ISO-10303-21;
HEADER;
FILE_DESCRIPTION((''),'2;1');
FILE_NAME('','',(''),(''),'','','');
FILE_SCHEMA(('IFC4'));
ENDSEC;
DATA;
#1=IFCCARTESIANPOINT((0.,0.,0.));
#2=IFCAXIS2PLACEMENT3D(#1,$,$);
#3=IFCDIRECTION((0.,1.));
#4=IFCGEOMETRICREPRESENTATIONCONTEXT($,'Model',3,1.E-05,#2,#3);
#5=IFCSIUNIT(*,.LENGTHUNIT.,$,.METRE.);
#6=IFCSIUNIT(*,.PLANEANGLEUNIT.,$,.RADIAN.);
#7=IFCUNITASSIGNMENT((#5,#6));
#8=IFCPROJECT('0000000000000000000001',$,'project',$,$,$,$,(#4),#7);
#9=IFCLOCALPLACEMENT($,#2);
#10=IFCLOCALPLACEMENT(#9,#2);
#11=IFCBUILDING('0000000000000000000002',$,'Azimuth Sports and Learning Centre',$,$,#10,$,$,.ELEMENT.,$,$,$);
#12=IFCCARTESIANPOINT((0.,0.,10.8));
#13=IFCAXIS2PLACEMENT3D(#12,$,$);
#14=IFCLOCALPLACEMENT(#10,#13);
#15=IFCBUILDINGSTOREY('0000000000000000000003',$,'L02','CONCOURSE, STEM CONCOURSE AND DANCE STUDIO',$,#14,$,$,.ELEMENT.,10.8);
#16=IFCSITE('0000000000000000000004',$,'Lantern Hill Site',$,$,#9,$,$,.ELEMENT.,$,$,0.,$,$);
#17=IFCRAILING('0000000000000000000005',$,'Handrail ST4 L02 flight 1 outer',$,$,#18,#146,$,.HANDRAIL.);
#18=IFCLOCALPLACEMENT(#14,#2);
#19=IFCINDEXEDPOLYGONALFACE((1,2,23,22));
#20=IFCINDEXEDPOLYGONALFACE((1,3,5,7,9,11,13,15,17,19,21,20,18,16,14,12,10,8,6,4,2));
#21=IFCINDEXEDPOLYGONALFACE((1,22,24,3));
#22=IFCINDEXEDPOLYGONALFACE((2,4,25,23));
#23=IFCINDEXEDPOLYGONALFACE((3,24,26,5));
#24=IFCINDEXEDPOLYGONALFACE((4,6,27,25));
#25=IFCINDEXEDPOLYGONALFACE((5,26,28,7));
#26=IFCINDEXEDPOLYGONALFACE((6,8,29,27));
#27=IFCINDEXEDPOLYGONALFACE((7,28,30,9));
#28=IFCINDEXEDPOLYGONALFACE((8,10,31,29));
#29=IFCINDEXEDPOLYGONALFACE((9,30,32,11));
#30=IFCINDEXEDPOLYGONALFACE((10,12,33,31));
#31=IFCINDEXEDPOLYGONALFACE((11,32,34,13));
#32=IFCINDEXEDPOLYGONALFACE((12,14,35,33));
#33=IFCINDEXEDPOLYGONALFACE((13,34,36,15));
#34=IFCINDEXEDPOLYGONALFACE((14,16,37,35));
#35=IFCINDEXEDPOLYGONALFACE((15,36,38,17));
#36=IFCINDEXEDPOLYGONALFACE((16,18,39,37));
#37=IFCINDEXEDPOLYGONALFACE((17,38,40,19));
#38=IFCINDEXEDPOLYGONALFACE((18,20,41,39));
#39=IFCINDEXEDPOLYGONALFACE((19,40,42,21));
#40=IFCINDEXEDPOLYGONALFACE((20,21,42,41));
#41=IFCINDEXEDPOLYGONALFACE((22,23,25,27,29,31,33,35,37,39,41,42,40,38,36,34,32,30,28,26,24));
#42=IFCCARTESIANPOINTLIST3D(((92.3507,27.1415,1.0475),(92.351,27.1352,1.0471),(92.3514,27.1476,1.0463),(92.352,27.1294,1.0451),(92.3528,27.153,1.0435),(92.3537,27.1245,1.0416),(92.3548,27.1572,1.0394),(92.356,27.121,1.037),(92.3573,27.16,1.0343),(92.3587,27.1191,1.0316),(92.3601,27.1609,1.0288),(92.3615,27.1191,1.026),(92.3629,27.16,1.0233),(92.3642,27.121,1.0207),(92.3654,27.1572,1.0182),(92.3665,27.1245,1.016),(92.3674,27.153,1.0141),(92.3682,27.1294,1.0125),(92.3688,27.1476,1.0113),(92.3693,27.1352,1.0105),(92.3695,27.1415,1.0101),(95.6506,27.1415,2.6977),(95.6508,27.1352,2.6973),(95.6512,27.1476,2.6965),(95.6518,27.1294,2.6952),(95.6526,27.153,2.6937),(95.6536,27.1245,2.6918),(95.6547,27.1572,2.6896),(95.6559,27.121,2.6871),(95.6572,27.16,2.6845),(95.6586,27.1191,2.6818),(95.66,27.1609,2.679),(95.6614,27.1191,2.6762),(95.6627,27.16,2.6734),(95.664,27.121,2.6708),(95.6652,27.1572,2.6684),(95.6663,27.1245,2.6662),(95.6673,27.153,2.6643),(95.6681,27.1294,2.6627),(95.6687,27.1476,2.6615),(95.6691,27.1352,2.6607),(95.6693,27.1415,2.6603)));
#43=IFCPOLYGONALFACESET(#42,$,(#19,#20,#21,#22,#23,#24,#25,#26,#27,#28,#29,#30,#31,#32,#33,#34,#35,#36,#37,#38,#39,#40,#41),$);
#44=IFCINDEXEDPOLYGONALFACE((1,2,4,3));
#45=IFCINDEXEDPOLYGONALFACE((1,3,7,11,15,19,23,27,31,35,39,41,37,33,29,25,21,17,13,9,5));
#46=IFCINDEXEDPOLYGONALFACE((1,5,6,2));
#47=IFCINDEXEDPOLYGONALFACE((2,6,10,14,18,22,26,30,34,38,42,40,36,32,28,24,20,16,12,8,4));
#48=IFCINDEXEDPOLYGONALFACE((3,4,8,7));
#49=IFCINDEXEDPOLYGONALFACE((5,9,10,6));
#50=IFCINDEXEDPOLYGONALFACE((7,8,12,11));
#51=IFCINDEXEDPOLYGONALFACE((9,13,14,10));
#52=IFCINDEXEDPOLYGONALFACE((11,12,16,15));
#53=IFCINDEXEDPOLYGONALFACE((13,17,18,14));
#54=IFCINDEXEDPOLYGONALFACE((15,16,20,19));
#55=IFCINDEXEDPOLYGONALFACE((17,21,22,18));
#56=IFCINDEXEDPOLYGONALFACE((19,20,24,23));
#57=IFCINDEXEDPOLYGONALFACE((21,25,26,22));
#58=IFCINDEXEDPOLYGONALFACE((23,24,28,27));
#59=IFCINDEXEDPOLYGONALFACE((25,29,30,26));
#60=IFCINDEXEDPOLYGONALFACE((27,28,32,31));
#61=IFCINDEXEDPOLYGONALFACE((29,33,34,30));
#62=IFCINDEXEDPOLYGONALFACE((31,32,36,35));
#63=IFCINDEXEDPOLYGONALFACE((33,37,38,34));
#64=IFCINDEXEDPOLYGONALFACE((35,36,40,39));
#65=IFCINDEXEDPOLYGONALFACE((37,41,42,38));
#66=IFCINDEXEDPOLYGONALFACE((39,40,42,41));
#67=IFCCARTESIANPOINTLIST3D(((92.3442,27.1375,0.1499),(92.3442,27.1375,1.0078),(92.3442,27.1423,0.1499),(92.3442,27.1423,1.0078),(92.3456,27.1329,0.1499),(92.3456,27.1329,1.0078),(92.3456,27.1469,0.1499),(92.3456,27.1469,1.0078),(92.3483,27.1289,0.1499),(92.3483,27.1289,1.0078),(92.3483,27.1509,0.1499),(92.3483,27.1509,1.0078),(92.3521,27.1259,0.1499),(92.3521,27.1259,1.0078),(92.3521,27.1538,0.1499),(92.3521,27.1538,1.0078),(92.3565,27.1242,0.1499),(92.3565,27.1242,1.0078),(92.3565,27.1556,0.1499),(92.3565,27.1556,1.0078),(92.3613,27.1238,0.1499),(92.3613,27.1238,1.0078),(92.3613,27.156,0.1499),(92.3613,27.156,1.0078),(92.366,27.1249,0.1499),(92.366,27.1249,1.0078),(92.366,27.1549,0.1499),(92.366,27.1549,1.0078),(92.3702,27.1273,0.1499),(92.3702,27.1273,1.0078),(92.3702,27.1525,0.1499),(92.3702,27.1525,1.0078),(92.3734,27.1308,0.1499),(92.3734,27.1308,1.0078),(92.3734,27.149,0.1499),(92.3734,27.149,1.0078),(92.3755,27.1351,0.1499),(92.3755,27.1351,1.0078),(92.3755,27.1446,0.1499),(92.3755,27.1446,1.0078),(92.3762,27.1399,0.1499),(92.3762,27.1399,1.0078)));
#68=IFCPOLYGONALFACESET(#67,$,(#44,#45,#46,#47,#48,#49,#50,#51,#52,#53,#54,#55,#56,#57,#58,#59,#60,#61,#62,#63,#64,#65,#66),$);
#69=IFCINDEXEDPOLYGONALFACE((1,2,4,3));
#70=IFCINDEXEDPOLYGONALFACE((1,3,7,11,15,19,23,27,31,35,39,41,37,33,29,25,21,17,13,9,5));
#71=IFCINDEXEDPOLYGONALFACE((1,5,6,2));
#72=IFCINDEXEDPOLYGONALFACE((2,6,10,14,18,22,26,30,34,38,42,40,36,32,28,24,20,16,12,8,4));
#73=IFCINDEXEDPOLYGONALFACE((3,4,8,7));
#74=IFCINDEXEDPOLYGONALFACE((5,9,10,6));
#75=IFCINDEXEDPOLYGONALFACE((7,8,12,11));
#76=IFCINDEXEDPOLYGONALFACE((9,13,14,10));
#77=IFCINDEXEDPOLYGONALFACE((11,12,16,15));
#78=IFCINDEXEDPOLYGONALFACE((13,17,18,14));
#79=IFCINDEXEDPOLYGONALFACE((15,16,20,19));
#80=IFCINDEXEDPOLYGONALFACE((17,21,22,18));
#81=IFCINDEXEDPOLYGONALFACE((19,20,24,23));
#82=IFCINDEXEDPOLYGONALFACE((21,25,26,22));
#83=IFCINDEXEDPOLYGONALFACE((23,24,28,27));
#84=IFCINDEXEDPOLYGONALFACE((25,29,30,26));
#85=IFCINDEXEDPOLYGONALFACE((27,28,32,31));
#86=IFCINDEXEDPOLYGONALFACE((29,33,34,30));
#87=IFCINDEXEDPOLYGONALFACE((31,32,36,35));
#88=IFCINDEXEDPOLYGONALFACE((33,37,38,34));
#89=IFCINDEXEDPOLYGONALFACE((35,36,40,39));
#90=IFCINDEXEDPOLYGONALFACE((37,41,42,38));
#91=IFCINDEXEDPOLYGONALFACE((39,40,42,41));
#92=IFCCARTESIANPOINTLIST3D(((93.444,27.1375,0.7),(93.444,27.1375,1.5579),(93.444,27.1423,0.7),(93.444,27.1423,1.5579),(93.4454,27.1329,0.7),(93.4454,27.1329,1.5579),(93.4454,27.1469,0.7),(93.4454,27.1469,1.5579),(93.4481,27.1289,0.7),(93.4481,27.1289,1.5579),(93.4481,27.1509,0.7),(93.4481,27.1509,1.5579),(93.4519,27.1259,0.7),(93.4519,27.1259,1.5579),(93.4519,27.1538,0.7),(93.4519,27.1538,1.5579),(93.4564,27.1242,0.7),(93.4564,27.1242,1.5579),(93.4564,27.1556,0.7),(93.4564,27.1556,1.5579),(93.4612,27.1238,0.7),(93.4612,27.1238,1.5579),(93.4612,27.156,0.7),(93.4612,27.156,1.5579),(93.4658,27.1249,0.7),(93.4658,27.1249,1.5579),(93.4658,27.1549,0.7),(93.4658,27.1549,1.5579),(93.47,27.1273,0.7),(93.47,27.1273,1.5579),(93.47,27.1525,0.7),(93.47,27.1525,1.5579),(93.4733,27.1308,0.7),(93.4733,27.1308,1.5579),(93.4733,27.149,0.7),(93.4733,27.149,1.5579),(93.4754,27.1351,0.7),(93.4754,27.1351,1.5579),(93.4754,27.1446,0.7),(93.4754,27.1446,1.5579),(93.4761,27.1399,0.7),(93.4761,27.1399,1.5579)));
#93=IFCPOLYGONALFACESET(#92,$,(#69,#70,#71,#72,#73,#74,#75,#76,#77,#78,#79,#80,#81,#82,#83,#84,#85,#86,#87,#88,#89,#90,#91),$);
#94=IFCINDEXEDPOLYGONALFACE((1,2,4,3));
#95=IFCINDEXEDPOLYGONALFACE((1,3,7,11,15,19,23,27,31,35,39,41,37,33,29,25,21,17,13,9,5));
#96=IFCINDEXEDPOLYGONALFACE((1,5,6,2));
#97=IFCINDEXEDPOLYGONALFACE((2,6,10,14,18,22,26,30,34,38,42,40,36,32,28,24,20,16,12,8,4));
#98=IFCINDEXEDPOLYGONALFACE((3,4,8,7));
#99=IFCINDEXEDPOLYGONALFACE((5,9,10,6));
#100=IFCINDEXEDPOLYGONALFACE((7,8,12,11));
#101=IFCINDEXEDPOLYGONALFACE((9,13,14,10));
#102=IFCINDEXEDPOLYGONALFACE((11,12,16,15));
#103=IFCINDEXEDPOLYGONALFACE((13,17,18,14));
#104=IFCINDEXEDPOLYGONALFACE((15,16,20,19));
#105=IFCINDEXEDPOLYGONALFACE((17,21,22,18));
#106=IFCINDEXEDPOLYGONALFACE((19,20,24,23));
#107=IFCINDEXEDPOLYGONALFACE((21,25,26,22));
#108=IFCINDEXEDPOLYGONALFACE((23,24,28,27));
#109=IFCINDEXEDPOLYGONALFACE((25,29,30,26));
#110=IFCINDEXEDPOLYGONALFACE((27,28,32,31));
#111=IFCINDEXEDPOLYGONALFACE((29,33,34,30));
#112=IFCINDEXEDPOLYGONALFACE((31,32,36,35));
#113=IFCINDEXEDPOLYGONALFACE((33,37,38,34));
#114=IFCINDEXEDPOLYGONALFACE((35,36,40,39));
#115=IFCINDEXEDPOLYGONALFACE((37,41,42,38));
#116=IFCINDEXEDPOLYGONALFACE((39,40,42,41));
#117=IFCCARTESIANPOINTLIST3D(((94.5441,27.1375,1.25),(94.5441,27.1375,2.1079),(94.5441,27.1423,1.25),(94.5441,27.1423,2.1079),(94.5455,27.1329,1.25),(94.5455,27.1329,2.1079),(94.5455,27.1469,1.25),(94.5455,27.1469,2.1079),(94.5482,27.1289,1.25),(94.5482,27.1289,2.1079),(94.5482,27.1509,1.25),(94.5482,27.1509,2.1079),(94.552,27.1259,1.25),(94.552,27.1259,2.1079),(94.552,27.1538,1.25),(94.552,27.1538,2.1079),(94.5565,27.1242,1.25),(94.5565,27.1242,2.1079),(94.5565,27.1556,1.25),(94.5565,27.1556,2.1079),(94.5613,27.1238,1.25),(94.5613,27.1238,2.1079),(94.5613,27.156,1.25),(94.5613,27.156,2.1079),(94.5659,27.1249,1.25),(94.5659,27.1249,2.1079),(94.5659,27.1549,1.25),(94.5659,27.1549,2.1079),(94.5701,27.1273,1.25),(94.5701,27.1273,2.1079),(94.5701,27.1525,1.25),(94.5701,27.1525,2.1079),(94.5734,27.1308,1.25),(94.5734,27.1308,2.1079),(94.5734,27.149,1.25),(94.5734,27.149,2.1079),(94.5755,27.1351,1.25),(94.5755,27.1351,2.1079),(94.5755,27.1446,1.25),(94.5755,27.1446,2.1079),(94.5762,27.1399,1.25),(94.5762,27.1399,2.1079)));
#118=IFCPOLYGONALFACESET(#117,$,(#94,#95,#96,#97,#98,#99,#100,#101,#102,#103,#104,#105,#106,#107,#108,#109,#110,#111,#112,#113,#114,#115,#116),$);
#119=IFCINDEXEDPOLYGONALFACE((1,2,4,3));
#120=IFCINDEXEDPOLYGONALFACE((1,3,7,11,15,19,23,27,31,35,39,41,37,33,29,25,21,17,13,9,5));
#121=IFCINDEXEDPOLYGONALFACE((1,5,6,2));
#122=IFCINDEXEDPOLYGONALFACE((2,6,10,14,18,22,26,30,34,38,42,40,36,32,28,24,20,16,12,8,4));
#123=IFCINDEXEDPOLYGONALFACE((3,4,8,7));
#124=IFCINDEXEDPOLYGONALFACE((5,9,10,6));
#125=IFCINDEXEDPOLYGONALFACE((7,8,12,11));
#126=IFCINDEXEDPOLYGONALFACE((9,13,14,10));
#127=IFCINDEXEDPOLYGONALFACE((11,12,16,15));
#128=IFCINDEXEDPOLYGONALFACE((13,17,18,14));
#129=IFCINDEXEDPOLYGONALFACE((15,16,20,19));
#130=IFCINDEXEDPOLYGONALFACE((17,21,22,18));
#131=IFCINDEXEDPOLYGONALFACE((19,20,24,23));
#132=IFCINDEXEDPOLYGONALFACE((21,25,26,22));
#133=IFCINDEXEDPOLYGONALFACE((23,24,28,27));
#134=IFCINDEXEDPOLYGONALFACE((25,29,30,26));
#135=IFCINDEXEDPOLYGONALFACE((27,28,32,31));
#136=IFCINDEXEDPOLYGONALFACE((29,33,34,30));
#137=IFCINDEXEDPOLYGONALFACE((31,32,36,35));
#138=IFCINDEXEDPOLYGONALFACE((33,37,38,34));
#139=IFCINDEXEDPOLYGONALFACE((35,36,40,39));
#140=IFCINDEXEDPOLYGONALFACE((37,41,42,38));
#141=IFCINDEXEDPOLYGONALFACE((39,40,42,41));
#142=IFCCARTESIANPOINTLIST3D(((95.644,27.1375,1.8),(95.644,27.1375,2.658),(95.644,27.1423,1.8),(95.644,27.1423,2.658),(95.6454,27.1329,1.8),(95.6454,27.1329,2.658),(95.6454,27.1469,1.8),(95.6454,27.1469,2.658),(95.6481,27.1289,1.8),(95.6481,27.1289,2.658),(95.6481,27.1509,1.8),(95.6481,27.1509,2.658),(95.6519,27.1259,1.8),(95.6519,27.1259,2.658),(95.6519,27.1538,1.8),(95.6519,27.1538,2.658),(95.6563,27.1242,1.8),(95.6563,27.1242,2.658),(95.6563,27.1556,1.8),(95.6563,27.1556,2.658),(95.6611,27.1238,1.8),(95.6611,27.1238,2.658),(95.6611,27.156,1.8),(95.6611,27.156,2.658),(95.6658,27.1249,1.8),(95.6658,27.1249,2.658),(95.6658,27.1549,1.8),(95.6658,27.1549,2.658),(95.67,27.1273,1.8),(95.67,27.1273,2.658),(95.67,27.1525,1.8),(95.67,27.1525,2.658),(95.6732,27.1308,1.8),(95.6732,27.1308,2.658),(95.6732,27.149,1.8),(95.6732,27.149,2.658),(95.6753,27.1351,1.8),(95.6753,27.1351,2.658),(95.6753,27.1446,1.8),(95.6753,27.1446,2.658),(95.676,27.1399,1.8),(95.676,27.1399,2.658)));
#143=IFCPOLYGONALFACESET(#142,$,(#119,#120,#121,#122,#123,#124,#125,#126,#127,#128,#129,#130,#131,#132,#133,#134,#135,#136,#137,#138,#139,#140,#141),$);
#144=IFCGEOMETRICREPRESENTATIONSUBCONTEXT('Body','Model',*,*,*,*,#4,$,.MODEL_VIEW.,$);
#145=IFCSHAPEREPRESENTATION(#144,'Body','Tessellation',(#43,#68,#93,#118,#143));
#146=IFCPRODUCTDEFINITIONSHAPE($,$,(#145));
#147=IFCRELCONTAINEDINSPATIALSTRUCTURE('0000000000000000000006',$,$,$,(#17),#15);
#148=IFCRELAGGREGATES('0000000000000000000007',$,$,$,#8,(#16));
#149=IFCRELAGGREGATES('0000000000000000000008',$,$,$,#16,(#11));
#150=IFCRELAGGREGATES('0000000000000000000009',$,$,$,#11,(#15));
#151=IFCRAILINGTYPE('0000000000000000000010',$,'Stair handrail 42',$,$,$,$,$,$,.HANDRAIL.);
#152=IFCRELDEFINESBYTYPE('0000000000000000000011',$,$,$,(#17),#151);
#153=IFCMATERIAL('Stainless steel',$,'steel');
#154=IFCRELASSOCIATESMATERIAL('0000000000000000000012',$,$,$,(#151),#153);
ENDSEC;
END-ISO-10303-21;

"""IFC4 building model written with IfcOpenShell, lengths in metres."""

from ifc_helpers import new_model, si_unit, direction, frame, origin, origin_2d, place, context, subcontext, project, spatial, circle, extrude, material, type_object, element, save


model = new_model("IFC4")

# Units and contexts
model_context = context("Model", 3, precision=1e-05, world=origin(), true_north=direction((0.0, 1.0)))
body_context = subcontext(model_context, "Body", "Model", "MODEL_VIEW")
ifc_project = project(units=[si_unit("LENGTHUNIT", "METRE"), si_unit("PLANEANGLEUNIT", "RADIAN")], contexts=[model_context])

# Site, building, storey
site_placement = place(None, origin())
site = spatial("IfcSite", under=ifc_project, at=site_placement, Name="Lantern Hill Site", CompositionType="ELEMENT", RefElevation=0.0)
building_placement = place(site_placement, origin())
building = spatial("IfcBuilding", under=site, at=building_placement, Name="Azimuth Sports and Learning Centre", CompositionType="ELEMENT")
storey_placement = place(building_placement, frame((0.0, 0.0, 10.8)))
storey = spatial("IfcBuildingStorey", under=building, at=storey_placement, Name="L02", Description="CONCOURSE, STEM CONCOURSE AND DANCE STUDIO", CompositionType="ELEMENT", Elevation=10.8)

# Railing
ifc_material_1 = material(Name="Stainless steel", Category="steel")
railing_type_1 = type_object("IfcRailingType", Name="Stair handrail 42", PredefinedType="HANDRAIL", material=ifc_material_1)
for number, where, name in (
    (1, (92.3601, 27.1399, 0.1499), "Handrail ST4 L02 flight 1 outer"),
):
    element("IfcRailing", number, at=place(storey_placement, frame(where)), inside=storey, type_object=railing_type_1, Name=name, PredefinedType="HANDRAIL", context=body_context, shape_type="SweptSolid", body=[
        extrude(circle(Radius=0.021, at=origin_2d()), frame((0.0, 0.0, 0.8789), z_axis=(0.894401, 0.0, 0.447267), x_axis=(0.0, 1.0, 0.0)), (0.0, 0.0, 1.0), 3.6895),
        extrude(circle(Radius=0.0161, at=origin_2d()), origin(), (0.0, 0.0, 1.0), 0.8579),
        extrude(circle(Radius=0.0161, at=origin_2d()), frame((1.0999, 0.0, 0.55)), (0.0, 0.0, 1.0), 0.8579),
        extrude(circle(Radius=0.0161, at=origin_2d()), frame((2.2, 0.0, 1.1001)), (0.0, 0.0, 1.0), 0.8579),
        extrude(circle(Radius=0.0161, at=origin_2d()), frame((3.2998, 0.0, 1.6501)), (0.0, 0.0, 1.0), 0.8579),
    ])

save(model, "model.ifc")
